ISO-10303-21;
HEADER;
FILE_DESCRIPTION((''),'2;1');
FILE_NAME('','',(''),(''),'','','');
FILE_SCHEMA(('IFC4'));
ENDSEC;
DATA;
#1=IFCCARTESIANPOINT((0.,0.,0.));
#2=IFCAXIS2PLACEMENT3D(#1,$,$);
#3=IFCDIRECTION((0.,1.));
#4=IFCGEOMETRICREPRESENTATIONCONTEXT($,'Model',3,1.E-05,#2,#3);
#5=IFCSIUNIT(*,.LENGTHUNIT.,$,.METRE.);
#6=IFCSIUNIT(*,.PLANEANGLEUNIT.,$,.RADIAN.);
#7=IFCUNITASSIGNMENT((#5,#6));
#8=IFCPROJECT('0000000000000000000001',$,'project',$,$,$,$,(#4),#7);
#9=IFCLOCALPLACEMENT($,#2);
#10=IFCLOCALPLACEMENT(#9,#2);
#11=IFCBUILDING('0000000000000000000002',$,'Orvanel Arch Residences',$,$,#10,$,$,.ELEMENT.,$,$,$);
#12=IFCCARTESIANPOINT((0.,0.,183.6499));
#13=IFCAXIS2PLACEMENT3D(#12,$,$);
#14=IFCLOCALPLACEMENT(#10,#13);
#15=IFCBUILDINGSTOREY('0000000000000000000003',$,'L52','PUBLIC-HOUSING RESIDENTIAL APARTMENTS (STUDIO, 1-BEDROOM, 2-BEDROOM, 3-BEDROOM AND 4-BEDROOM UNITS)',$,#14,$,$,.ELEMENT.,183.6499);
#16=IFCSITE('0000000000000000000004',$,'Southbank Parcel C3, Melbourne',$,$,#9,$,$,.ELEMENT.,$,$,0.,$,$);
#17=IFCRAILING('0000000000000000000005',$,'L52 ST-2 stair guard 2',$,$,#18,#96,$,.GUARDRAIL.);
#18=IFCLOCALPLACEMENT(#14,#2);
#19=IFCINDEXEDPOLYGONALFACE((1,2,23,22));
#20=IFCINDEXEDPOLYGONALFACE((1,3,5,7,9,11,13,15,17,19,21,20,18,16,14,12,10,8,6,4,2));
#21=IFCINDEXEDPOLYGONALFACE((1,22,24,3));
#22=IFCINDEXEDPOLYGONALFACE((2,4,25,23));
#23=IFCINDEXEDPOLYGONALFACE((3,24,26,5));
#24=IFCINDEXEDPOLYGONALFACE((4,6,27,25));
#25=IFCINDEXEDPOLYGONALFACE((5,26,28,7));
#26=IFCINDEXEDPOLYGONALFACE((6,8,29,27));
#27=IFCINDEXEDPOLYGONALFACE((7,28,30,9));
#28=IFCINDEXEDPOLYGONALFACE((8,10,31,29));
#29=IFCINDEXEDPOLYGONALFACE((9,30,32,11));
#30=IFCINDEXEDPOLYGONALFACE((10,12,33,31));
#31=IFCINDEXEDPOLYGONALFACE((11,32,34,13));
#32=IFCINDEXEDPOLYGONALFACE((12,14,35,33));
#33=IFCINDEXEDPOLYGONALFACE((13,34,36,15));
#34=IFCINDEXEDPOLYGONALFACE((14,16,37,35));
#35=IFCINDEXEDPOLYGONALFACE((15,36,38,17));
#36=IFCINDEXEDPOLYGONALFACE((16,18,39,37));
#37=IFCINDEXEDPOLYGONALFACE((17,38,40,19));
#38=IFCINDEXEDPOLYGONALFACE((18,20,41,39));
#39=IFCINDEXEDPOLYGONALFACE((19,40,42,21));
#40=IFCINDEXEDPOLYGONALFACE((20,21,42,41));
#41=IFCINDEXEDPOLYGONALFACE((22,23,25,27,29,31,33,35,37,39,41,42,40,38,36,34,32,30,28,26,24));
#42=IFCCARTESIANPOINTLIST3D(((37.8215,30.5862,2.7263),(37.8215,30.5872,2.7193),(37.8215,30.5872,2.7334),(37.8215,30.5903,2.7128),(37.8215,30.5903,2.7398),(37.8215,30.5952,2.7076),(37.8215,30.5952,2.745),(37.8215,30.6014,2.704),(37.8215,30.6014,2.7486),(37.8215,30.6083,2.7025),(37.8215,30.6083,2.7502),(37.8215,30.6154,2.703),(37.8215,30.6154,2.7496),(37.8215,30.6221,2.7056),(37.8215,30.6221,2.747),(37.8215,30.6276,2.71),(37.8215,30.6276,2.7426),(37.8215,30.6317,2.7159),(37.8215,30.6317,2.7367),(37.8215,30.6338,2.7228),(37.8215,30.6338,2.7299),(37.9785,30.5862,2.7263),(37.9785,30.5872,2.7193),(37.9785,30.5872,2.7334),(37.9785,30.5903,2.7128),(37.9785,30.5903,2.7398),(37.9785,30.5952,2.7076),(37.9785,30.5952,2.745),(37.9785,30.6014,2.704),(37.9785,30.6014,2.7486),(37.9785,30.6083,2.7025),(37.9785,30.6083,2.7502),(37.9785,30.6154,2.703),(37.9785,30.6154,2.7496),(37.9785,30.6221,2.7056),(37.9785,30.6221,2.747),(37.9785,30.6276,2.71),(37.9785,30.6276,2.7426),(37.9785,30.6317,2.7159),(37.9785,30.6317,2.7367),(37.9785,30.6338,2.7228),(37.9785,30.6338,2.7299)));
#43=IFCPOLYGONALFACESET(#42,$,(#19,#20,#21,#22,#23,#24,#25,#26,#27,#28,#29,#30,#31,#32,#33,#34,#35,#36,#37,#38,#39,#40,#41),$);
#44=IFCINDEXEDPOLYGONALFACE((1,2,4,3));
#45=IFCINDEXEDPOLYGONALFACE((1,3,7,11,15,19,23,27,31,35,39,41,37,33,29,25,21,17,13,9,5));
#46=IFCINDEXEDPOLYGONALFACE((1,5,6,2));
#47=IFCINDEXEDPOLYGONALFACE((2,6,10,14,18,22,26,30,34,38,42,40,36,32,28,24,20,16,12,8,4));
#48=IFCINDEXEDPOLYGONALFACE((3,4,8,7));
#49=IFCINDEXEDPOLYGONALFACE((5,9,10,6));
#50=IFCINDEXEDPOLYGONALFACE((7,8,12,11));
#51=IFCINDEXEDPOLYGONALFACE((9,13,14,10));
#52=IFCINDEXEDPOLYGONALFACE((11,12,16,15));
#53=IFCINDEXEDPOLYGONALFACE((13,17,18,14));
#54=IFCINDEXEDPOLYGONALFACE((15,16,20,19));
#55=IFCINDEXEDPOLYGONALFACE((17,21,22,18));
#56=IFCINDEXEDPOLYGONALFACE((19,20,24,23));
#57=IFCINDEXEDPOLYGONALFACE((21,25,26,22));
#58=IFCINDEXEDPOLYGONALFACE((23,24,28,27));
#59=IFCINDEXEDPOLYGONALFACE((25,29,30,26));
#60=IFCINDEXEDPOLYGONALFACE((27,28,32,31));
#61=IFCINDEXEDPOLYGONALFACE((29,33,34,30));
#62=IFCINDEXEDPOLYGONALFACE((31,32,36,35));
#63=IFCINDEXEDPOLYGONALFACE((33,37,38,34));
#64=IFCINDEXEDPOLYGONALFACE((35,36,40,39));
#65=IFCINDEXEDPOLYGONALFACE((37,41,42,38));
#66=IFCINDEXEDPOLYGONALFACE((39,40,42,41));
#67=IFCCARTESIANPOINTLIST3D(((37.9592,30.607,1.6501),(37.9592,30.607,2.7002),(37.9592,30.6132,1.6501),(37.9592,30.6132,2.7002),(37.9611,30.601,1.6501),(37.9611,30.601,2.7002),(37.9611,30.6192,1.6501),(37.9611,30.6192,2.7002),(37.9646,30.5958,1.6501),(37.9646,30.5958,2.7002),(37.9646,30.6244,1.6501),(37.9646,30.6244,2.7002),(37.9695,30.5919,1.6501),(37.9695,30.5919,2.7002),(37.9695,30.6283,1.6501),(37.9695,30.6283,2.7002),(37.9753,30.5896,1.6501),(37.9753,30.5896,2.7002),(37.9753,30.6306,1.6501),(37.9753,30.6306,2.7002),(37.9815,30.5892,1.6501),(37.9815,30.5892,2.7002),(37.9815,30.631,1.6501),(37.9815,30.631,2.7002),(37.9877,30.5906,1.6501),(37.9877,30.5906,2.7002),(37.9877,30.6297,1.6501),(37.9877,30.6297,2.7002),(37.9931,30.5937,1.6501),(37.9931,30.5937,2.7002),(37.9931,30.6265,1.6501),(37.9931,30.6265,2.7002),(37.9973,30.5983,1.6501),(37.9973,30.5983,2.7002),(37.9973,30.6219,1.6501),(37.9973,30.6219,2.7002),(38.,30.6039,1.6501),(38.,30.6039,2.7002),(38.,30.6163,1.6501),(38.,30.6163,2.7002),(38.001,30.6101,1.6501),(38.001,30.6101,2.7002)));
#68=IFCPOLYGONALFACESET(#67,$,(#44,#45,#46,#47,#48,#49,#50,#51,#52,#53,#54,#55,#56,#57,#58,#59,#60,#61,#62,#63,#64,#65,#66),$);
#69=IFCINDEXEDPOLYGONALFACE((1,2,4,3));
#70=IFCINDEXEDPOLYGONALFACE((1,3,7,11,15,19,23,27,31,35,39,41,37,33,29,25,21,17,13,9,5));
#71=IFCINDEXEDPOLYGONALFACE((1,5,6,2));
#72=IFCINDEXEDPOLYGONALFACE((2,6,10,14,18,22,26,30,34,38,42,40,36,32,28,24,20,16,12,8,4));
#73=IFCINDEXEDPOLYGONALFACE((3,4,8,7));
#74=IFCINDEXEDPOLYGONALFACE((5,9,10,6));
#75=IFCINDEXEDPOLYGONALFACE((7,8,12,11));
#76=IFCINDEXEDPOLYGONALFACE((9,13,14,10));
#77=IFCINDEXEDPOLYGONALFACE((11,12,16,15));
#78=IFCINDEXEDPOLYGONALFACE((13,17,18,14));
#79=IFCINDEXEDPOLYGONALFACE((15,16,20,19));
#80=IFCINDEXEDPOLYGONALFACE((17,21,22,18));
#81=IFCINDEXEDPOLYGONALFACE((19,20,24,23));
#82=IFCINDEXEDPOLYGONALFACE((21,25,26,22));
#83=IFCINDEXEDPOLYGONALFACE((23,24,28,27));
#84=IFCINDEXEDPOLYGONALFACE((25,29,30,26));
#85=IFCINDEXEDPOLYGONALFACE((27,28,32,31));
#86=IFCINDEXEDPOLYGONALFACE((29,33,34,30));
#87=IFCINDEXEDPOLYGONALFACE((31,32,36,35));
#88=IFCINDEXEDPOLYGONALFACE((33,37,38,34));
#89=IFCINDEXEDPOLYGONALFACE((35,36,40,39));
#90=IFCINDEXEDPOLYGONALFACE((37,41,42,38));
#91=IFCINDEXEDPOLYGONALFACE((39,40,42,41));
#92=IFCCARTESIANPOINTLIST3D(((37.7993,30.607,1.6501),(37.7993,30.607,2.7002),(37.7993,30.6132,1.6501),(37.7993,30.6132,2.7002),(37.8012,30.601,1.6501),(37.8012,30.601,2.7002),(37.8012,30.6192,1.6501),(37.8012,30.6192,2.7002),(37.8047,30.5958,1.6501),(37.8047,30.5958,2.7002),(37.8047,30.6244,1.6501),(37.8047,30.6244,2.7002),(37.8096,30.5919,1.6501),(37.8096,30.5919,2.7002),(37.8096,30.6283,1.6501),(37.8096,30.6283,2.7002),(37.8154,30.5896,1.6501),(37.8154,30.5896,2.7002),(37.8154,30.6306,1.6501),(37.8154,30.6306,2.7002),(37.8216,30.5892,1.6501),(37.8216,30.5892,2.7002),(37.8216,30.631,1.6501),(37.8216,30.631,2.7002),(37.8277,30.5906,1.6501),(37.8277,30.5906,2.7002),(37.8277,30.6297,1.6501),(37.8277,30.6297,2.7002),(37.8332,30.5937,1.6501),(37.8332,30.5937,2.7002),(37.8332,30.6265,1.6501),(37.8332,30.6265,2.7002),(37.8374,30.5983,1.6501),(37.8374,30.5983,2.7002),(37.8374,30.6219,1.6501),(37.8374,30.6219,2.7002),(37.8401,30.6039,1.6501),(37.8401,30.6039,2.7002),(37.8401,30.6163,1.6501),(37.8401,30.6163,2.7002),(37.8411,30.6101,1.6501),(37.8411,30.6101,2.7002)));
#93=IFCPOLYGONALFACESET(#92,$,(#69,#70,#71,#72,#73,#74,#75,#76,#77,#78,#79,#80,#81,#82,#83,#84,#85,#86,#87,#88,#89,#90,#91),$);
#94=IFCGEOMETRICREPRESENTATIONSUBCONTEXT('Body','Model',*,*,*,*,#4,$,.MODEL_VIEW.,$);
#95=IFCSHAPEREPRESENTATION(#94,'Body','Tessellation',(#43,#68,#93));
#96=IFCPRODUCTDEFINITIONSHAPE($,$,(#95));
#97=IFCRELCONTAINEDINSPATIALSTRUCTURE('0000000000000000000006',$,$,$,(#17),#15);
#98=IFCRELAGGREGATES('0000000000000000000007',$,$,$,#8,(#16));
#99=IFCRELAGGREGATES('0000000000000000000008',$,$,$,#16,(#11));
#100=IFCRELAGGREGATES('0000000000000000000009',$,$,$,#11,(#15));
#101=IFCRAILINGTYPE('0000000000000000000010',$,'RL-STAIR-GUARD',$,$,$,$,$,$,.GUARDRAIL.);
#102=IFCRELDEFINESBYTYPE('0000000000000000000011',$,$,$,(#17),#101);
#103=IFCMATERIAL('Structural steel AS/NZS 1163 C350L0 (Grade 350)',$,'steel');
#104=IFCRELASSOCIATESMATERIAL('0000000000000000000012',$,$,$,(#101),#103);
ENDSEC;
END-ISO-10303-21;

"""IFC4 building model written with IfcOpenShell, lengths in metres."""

from ifc_helpers import new_model, si_unit, direction, frame, origin, origin_2d, place, context, subcontext, project, spatial, circle, extrude, material, type_object, element, save


model = new_model("IFC4")

# Units and contexts
model_context = context("Model", 3, precision=1e-05, world=origin(), true_north=direction((0.0, 1.0)))
body_context = subcontext(model_context, "Body", "Model", "MODEL_VIEW")
ifc_project = project(units=[si_unit("LENGTHUNIT", "METRE"), si_unit("PLANEANGLEUNIT", "RADIAN")], contexts=[model_context])

# Site, building, storey
site_placement = place(None, origin())
site = spatial("IfcSite", under=ifc_project, at=site_placement, Name="Southbank Parcel C3, Melbourne", CompositionType="ELEMENT", RefElevation=0.0)
building_placement = place(site_placement, origin())
building = spatial("IfcBuilding", under=site, at=building_placement, Name="Orvanel Arch Residences", CompositionType="ELEMENT")
storey_placement = place(building_placement, frame((0.0, 0.0, 183.6499)))
storey = spatial("IfcBuildingStorey", under=building, at=storey_placement, Name="L52", Description="PUBLIC-HOUSING RESIDENTIAL APARTMENTS (STUDIO, 1-BEDROOM, 2-BEDROOM, 3-BEDROOM AND 4-BEDROOM UNITS)", CompositionType="ELEMENT", Elevation=183.6499)

# Railing
ifc_material_1 = material(Name="Structural steel AS/NZS 1163 C350L0 (Grade 350)", Category="steel")
railing_type_1 = type_object("IfcRailingType", Name="RL-STAIR-GUARD", PredefinedType="GUARDRAIL", material=ifc_material_1)
railing_1_placement = place(storey_placement, frame((37.98, 30.6101, 1.6501)))
element("IfcRailing", 1, at=railing_1_placement, inside=storey, type_object=railing_type_1, Name="L52 ST-2 stair guard 2", PredefinedType="GUARDRAIL", context=body_context, shape_type="SweptSolid", body=[
    extrude(circle(Radius=0.0239, at=origin_2d()), frame((-0.0015, 0.0, 1.0762), z_axis=(-1.0, 0.0, 0.0), x_axis=(0.0, -1.0, 0.0)), (0.0, 0.0, 1.0), 0.157),
    extrude(circle(Radius=0.021, at=origin_2d()), origin(), (0.0, 0.0, 1.0), 1.05),
    extrude(circle(Radius=0.021, at=origin_2d()), frame((-0.1599, 0.0, 0.0)), (0.0, 0.0, 1.0), 1.05),
])

save(model, "model.ifc")
